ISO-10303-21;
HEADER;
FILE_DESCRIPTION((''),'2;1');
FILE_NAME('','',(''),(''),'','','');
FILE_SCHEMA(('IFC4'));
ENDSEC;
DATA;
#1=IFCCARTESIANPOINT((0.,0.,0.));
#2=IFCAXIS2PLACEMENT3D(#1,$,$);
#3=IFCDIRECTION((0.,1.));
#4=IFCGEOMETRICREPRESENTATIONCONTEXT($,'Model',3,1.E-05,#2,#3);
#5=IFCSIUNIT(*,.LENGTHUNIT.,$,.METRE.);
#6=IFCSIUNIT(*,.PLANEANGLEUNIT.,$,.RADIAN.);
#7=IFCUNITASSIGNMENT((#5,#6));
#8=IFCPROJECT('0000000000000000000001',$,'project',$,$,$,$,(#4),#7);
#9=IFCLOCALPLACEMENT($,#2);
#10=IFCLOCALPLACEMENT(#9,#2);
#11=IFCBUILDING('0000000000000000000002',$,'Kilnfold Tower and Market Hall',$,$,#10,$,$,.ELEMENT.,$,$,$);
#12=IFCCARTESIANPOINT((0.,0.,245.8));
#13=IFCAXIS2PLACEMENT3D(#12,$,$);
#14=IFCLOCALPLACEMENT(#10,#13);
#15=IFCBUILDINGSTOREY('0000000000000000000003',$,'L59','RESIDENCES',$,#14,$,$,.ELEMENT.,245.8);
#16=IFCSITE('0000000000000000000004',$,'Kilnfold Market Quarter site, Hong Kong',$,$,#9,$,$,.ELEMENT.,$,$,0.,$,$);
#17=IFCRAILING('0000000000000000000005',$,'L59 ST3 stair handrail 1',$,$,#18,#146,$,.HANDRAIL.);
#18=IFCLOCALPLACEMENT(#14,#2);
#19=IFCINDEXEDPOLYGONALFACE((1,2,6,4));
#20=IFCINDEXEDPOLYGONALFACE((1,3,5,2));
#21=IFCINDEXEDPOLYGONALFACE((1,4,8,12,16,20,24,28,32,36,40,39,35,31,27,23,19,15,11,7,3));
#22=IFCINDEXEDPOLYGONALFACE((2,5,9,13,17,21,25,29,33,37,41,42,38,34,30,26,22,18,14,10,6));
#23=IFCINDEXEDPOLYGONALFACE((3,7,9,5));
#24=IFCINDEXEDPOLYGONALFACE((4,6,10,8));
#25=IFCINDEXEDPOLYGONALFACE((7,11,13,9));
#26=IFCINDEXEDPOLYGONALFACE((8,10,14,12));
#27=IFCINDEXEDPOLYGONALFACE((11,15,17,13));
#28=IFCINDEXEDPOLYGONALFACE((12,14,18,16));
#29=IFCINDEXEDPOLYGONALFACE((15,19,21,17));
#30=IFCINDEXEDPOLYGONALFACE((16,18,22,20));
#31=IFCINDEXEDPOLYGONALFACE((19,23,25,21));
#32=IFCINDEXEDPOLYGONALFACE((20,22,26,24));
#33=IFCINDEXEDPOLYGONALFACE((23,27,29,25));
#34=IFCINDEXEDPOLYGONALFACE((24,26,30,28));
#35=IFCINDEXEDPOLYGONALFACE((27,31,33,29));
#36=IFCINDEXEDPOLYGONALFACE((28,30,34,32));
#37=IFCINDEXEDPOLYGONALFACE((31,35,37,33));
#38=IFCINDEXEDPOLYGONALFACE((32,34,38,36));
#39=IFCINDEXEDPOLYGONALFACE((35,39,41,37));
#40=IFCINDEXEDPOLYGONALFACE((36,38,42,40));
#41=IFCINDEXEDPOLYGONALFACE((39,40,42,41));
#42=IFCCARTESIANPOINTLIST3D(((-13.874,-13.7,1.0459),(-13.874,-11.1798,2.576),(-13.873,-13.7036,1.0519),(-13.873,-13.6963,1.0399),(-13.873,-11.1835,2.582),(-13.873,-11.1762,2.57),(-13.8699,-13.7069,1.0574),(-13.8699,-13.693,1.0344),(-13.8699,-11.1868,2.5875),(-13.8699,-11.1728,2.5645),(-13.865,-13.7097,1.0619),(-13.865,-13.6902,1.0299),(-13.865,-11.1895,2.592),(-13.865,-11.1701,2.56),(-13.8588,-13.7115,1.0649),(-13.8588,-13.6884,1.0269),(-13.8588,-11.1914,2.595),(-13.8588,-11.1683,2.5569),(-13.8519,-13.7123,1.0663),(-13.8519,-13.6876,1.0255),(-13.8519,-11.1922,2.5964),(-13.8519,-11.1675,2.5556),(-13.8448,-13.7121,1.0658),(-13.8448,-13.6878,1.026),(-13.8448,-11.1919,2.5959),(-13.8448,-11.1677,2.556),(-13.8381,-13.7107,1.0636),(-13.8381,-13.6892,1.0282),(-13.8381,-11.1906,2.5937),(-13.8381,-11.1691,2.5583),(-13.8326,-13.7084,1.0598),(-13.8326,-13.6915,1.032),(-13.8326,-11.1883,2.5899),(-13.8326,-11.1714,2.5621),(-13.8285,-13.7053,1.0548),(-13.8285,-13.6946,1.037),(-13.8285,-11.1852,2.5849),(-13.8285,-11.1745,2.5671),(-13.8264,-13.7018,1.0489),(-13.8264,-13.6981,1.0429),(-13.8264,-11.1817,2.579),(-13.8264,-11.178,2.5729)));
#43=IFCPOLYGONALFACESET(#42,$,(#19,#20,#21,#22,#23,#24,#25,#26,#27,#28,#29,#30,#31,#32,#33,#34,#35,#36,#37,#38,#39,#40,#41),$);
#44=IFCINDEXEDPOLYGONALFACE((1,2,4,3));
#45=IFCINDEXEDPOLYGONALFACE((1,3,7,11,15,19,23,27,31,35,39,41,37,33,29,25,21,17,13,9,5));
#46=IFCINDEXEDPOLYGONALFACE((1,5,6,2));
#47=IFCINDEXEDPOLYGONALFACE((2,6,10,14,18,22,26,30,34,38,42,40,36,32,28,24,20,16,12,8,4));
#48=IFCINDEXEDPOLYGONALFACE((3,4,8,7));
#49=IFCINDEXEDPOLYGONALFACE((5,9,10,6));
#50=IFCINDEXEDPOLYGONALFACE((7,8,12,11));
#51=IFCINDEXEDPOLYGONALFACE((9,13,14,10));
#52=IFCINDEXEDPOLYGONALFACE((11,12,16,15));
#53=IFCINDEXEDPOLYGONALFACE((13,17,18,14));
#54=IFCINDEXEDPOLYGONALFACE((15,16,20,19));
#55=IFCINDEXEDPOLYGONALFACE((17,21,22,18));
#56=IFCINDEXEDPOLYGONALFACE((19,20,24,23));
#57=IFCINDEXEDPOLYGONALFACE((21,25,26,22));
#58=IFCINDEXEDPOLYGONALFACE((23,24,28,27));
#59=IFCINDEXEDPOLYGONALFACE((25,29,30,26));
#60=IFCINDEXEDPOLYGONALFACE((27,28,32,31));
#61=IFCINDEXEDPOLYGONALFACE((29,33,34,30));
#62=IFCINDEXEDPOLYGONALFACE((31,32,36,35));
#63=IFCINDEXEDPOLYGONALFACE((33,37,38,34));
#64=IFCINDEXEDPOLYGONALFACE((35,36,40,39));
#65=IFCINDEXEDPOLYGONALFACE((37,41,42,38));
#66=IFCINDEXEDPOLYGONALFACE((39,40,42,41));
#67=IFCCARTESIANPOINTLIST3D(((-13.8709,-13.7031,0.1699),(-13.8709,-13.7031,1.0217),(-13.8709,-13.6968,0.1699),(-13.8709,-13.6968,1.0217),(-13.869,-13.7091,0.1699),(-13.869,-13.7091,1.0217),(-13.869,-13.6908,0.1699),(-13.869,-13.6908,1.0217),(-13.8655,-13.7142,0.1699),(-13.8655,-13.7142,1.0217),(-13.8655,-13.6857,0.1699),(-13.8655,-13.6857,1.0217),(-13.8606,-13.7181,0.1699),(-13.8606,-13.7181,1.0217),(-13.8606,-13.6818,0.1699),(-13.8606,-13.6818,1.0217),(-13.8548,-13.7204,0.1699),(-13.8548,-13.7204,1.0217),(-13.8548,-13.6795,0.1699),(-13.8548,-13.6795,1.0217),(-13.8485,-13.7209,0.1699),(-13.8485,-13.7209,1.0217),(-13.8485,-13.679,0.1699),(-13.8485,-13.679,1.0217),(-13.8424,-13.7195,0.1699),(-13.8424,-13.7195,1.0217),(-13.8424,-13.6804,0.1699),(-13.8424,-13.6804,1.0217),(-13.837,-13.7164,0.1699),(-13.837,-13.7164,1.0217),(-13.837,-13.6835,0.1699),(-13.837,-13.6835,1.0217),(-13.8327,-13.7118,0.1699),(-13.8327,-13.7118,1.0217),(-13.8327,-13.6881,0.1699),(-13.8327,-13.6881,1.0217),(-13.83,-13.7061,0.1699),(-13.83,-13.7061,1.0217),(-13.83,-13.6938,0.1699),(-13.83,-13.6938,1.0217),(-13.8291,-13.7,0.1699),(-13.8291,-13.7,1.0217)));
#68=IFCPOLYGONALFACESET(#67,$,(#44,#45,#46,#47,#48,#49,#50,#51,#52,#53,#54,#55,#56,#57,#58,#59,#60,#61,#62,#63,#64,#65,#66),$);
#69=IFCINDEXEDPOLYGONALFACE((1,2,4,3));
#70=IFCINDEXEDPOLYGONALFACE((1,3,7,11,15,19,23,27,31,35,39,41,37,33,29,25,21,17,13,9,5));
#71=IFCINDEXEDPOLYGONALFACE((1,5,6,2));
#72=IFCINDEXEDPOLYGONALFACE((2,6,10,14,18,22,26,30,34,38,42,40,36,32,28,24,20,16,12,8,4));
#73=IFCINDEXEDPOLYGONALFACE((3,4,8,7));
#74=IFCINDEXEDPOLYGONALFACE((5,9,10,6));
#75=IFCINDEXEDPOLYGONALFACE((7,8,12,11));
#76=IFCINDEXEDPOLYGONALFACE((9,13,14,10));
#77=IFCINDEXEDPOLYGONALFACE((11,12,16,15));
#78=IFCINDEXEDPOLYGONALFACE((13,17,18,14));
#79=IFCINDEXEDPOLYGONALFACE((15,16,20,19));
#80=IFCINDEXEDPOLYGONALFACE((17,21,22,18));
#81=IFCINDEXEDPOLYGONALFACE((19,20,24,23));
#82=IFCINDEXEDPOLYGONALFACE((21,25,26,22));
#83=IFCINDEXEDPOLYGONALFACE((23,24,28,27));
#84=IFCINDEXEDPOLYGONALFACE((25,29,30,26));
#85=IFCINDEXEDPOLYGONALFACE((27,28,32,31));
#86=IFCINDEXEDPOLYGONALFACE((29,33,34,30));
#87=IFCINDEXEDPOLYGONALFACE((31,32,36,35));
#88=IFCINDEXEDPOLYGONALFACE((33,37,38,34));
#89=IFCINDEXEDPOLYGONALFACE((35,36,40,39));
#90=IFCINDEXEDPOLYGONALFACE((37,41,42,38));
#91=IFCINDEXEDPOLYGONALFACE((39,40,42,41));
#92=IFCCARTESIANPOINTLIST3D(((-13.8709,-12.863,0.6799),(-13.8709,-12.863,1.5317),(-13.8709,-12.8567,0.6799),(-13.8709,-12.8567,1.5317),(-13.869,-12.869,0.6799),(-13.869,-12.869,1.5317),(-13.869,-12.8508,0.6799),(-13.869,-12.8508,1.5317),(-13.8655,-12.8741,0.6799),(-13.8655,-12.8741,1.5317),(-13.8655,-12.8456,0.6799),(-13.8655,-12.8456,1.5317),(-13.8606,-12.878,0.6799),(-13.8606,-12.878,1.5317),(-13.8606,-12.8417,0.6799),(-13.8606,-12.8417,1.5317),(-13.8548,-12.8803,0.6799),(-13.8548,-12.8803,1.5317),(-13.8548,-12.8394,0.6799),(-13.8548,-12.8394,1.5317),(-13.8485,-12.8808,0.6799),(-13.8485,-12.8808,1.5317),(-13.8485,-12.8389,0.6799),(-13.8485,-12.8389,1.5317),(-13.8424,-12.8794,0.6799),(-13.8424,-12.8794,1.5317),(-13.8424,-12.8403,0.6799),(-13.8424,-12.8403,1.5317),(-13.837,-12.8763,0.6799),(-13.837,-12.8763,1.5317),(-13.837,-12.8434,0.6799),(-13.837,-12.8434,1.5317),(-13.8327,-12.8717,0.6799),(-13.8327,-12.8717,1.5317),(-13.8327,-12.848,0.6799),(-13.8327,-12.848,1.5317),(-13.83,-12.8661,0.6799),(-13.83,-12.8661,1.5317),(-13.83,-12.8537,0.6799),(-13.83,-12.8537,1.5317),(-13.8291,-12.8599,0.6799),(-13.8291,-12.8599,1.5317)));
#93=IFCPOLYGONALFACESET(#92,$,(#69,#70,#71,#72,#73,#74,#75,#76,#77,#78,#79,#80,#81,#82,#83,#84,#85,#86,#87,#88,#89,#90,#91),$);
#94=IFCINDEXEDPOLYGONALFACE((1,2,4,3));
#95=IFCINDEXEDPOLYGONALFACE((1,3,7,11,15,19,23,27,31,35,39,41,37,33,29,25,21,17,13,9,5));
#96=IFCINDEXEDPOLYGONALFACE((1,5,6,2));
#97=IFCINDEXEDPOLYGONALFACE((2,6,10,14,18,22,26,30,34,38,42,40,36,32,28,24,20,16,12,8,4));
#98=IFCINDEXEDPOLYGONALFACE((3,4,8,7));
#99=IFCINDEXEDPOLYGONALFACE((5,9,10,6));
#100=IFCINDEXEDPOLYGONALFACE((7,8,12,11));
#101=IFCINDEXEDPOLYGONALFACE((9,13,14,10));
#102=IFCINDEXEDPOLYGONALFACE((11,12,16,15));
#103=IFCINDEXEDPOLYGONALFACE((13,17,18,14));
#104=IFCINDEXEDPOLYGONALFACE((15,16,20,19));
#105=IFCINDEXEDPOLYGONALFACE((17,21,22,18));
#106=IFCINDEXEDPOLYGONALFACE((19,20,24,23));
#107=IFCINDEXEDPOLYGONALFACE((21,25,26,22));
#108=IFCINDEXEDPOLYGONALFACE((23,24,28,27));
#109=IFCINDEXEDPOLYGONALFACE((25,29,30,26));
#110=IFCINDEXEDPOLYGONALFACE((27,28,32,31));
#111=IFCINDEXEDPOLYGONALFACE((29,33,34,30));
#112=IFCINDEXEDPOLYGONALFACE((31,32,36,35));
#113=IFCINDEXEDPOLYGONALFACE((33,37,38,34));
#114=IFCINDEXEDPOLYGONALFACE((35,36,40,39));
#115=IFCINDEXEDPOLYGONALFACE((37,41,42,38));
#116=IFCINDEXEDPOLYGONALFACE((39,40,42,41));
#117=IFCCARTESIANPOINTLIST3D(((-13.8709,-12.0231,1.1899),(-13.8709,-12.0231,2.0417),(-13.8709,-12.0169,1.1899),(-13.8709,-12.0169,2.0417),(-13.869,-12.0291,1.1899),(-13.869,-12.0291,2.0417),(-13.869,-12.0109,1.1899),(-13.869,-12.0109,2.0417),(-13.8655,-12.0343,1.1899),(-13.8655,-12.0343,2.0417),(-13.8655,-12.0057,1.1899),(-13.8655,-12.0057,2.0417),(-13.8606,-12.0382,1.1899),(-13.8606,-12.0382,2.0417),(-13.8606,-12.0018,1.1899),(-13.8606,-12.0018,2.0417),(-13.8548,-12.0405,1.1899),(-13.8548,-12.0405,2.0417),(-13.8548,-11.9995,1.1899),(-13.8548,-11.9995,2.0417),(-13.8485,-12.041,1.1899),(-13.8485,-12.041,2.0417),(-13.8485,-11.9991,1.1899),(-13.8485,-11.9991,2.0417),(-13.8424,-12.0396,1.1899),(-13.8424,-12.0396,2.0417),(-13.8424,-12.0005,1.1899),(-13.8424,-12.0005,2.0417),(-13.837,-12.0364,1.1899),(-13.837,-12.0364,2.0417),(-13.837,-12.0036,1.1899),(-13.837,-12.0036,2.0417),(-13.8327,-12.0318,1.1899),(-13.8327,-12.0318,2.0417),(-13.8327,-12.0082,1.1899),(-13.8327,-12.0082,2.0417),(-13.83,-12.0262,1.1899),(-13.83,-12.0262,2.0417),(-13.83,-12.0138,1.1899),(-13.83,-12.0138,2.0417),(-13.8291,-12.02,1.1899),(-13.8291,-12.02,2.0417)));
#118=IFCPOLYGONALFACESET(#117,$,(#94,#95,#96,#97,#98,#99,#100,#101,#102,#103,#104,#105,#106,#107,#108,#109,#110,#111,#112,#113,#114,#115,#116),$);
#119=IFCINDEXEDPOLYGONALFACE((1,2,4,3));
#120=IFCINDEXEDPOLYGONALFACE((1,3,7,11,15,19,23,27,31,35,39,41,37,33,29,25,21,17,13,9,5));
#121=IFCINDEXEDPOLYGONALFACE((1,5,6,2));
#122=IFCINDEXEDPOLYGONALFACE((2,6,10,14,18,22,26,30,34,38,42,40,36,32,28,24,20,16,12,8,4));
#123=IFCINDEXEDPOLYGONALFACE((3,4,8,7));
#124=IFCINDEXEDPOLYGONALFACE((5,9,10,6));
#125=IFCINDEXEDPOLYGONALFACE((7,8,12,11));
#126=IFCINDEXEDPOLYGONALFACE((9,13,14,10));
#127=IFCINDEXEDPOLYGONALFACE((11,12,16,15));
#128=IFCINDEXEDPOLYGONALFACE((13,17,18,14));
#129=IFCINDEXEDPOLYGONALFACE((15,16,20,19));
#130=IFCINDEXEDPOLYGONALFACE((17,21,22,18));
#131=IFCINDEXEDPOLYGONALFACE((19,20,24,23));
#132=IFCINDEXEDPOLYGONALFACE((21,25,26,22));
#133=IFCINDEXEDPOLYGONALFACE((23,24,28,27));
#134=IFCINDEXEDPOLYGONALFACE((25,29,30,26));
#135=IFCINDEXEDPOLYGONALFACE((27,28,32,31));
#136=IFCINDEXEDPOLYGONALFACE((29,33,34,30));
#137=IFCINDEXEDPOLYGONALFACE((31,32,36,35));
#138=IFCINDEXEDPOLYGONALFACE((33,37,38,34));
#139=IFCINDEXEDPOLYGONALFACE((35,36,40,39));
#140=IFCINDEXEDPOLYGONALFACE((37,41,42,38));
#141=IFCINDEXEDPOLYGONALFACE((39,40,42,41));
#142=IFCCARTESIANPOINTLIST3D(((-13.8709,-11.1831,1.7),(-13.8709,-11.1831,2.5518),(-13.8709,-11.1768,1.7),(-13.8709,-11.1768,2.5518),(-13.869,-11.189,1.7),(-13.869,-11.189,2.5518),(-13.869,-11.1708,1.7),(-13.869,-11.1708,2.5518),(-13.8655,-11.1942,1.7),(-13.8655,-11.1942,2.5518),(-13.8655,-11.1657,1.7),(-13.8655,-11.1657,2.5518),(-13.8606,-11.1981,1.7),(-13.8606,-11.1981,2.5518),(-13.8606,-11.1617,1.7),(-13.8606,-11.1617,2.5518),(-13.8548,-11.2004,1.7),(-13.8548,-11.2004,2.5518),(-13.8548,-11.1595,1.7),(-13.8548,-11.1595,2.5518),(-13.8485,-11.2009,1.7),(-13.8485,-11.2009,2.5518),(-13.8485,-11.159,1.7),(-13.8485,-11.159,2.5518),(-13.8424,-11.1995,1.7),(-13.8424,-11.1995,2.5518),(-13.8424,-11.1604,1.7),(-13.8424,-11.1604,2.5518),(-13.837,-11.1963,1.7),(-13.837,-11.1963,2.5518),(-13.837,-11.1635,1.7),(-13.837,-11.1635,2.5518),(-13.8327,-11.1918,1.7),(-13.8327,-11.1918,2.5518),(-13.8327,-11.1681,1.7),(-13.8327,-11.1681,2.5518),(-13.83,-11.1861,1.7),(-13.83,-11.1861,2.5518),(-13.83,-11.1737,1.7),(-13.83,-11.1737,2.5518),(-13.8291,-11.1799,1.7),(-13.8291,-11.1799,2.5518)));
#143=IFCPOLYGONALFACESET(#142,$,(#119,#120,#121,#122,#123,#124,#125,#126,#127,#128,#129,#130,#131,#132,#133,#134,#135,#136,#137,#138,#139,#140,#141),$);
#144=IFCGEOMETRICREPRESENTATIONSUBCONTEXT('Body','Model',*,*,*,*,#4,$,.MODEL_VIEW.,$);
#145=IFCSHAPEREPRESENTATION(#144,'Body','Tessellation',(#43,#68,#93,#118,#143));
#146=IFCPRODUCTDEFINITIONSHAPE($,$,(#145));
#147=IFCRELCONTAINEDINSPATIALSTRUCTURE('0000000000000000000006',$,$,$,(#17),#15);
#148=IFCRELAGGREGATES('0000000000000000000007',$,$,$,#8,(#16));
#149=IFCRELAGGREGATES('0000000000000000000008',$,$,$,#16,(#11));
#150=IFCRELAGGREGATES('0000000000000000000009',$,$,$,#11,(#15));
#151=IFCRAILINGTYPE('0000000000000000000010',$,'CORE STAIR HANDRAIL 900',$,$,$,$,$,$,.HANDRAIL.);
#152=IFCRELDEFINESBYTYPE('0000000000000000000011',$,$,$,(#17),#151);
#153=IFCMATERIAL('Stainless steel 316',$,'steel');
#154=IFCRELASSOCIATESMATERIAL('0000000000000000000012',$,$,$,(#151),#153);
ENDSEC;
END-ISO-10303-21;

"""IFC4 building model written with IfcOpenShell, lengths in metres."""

from ifc_helpers import new_model, si_unit, direction, frame, origin, origin_2d, place, context, subcontext, project, spatial, circle, extrude, material, type_object, element, save


model = new_model("IFC4")

# Units and contexts
model_context = context("Model", 3, precision=1e-05, world=origin(), true_north=direction((0.0, 1.0)))
body_context = subcontext(model_context, "Body", "Model", "MODEL_VIEW")
ifc_project = project(units=[si_unit("LENGTHUNIT", "METRE"), si_unit("PLANEANGLEUNIT", "RADIAN")], contexts=[model_context])

# Site, building, storey
site_placement = place(None, origin())
site = spatial("IfcSite", under=ifc_project, at=site_placement, Name="Kilnfold Market Quarter site, Hong Kong", CompositionType="ELEMENT", RefElevation=0.0)
building_placement = place(site_placement, origin())
building = spatial("IfcBuilding", under=site, at=building_placement, Name="Kilnfold Tower and Market Hall", CompositionType="ELEMENT")
storey_placement = place(building_placement, frame((0.0, 0.0, 245.8)))
storey = spatial("IfcBuildingStorey", under=building, at=storey_placement, Name="L59", Description="RESIDENCES", CompositionType="ELEMENT", Elevation=245.8)

# Railing
ifc_material_1 = material(Name="Stainless steel 316", Category="steel")
railing_type_1 = type_object("IfcRailingType", Name="CORE STAIR HANDRAIL 900", PredefinedType="HANDRAIL", material=ifc_material_1)
railing_1_placement = place(storey_placement, frame((-13.8501, -13.7, 0.1699)))
element("IfcRailing", 1, at=railing_1_placement, inside=storey, type_object=railing_type_1, Name="L59 ST3 stair handrail 1", PredefinedType="HANDRAIL", context=body_context, shape_type="SweptSolid", body=[
    extrude(circle(Radius=0.0239, at=origin_2d()), frame((0.0, 0.0, 0.876), z_axis=(0.0, 0.854785, 0.518982), x_axis=(-1.0, 0.0, 0.0)), (0.0, 0.0, 1.0), 2.9482),
    extrude(circle(Radius=0.021, at=origin_2d()), origin(), (0.0, 0.0, 1.0), 0.8518),
    extrude(circle(Radius=0.021, at=origin_2d()), frame((0.0, 0.8401, 0.51)), (0.0, 0.0, 1.0), 0.8518),
    extrude(circle(Radius=0.021, at=origin_2d()), frame((0.0, 1.6799, 1.02)), (0.0, 0.0, 1.0), 0.8518),
    extrude(circle(Radius=0.021, at=origin_2d()), frame((0.0, 2.52, 1.53)), (0.0, 0.0, 1.0), 0.8518),
])

save(model, "model.ifc")
